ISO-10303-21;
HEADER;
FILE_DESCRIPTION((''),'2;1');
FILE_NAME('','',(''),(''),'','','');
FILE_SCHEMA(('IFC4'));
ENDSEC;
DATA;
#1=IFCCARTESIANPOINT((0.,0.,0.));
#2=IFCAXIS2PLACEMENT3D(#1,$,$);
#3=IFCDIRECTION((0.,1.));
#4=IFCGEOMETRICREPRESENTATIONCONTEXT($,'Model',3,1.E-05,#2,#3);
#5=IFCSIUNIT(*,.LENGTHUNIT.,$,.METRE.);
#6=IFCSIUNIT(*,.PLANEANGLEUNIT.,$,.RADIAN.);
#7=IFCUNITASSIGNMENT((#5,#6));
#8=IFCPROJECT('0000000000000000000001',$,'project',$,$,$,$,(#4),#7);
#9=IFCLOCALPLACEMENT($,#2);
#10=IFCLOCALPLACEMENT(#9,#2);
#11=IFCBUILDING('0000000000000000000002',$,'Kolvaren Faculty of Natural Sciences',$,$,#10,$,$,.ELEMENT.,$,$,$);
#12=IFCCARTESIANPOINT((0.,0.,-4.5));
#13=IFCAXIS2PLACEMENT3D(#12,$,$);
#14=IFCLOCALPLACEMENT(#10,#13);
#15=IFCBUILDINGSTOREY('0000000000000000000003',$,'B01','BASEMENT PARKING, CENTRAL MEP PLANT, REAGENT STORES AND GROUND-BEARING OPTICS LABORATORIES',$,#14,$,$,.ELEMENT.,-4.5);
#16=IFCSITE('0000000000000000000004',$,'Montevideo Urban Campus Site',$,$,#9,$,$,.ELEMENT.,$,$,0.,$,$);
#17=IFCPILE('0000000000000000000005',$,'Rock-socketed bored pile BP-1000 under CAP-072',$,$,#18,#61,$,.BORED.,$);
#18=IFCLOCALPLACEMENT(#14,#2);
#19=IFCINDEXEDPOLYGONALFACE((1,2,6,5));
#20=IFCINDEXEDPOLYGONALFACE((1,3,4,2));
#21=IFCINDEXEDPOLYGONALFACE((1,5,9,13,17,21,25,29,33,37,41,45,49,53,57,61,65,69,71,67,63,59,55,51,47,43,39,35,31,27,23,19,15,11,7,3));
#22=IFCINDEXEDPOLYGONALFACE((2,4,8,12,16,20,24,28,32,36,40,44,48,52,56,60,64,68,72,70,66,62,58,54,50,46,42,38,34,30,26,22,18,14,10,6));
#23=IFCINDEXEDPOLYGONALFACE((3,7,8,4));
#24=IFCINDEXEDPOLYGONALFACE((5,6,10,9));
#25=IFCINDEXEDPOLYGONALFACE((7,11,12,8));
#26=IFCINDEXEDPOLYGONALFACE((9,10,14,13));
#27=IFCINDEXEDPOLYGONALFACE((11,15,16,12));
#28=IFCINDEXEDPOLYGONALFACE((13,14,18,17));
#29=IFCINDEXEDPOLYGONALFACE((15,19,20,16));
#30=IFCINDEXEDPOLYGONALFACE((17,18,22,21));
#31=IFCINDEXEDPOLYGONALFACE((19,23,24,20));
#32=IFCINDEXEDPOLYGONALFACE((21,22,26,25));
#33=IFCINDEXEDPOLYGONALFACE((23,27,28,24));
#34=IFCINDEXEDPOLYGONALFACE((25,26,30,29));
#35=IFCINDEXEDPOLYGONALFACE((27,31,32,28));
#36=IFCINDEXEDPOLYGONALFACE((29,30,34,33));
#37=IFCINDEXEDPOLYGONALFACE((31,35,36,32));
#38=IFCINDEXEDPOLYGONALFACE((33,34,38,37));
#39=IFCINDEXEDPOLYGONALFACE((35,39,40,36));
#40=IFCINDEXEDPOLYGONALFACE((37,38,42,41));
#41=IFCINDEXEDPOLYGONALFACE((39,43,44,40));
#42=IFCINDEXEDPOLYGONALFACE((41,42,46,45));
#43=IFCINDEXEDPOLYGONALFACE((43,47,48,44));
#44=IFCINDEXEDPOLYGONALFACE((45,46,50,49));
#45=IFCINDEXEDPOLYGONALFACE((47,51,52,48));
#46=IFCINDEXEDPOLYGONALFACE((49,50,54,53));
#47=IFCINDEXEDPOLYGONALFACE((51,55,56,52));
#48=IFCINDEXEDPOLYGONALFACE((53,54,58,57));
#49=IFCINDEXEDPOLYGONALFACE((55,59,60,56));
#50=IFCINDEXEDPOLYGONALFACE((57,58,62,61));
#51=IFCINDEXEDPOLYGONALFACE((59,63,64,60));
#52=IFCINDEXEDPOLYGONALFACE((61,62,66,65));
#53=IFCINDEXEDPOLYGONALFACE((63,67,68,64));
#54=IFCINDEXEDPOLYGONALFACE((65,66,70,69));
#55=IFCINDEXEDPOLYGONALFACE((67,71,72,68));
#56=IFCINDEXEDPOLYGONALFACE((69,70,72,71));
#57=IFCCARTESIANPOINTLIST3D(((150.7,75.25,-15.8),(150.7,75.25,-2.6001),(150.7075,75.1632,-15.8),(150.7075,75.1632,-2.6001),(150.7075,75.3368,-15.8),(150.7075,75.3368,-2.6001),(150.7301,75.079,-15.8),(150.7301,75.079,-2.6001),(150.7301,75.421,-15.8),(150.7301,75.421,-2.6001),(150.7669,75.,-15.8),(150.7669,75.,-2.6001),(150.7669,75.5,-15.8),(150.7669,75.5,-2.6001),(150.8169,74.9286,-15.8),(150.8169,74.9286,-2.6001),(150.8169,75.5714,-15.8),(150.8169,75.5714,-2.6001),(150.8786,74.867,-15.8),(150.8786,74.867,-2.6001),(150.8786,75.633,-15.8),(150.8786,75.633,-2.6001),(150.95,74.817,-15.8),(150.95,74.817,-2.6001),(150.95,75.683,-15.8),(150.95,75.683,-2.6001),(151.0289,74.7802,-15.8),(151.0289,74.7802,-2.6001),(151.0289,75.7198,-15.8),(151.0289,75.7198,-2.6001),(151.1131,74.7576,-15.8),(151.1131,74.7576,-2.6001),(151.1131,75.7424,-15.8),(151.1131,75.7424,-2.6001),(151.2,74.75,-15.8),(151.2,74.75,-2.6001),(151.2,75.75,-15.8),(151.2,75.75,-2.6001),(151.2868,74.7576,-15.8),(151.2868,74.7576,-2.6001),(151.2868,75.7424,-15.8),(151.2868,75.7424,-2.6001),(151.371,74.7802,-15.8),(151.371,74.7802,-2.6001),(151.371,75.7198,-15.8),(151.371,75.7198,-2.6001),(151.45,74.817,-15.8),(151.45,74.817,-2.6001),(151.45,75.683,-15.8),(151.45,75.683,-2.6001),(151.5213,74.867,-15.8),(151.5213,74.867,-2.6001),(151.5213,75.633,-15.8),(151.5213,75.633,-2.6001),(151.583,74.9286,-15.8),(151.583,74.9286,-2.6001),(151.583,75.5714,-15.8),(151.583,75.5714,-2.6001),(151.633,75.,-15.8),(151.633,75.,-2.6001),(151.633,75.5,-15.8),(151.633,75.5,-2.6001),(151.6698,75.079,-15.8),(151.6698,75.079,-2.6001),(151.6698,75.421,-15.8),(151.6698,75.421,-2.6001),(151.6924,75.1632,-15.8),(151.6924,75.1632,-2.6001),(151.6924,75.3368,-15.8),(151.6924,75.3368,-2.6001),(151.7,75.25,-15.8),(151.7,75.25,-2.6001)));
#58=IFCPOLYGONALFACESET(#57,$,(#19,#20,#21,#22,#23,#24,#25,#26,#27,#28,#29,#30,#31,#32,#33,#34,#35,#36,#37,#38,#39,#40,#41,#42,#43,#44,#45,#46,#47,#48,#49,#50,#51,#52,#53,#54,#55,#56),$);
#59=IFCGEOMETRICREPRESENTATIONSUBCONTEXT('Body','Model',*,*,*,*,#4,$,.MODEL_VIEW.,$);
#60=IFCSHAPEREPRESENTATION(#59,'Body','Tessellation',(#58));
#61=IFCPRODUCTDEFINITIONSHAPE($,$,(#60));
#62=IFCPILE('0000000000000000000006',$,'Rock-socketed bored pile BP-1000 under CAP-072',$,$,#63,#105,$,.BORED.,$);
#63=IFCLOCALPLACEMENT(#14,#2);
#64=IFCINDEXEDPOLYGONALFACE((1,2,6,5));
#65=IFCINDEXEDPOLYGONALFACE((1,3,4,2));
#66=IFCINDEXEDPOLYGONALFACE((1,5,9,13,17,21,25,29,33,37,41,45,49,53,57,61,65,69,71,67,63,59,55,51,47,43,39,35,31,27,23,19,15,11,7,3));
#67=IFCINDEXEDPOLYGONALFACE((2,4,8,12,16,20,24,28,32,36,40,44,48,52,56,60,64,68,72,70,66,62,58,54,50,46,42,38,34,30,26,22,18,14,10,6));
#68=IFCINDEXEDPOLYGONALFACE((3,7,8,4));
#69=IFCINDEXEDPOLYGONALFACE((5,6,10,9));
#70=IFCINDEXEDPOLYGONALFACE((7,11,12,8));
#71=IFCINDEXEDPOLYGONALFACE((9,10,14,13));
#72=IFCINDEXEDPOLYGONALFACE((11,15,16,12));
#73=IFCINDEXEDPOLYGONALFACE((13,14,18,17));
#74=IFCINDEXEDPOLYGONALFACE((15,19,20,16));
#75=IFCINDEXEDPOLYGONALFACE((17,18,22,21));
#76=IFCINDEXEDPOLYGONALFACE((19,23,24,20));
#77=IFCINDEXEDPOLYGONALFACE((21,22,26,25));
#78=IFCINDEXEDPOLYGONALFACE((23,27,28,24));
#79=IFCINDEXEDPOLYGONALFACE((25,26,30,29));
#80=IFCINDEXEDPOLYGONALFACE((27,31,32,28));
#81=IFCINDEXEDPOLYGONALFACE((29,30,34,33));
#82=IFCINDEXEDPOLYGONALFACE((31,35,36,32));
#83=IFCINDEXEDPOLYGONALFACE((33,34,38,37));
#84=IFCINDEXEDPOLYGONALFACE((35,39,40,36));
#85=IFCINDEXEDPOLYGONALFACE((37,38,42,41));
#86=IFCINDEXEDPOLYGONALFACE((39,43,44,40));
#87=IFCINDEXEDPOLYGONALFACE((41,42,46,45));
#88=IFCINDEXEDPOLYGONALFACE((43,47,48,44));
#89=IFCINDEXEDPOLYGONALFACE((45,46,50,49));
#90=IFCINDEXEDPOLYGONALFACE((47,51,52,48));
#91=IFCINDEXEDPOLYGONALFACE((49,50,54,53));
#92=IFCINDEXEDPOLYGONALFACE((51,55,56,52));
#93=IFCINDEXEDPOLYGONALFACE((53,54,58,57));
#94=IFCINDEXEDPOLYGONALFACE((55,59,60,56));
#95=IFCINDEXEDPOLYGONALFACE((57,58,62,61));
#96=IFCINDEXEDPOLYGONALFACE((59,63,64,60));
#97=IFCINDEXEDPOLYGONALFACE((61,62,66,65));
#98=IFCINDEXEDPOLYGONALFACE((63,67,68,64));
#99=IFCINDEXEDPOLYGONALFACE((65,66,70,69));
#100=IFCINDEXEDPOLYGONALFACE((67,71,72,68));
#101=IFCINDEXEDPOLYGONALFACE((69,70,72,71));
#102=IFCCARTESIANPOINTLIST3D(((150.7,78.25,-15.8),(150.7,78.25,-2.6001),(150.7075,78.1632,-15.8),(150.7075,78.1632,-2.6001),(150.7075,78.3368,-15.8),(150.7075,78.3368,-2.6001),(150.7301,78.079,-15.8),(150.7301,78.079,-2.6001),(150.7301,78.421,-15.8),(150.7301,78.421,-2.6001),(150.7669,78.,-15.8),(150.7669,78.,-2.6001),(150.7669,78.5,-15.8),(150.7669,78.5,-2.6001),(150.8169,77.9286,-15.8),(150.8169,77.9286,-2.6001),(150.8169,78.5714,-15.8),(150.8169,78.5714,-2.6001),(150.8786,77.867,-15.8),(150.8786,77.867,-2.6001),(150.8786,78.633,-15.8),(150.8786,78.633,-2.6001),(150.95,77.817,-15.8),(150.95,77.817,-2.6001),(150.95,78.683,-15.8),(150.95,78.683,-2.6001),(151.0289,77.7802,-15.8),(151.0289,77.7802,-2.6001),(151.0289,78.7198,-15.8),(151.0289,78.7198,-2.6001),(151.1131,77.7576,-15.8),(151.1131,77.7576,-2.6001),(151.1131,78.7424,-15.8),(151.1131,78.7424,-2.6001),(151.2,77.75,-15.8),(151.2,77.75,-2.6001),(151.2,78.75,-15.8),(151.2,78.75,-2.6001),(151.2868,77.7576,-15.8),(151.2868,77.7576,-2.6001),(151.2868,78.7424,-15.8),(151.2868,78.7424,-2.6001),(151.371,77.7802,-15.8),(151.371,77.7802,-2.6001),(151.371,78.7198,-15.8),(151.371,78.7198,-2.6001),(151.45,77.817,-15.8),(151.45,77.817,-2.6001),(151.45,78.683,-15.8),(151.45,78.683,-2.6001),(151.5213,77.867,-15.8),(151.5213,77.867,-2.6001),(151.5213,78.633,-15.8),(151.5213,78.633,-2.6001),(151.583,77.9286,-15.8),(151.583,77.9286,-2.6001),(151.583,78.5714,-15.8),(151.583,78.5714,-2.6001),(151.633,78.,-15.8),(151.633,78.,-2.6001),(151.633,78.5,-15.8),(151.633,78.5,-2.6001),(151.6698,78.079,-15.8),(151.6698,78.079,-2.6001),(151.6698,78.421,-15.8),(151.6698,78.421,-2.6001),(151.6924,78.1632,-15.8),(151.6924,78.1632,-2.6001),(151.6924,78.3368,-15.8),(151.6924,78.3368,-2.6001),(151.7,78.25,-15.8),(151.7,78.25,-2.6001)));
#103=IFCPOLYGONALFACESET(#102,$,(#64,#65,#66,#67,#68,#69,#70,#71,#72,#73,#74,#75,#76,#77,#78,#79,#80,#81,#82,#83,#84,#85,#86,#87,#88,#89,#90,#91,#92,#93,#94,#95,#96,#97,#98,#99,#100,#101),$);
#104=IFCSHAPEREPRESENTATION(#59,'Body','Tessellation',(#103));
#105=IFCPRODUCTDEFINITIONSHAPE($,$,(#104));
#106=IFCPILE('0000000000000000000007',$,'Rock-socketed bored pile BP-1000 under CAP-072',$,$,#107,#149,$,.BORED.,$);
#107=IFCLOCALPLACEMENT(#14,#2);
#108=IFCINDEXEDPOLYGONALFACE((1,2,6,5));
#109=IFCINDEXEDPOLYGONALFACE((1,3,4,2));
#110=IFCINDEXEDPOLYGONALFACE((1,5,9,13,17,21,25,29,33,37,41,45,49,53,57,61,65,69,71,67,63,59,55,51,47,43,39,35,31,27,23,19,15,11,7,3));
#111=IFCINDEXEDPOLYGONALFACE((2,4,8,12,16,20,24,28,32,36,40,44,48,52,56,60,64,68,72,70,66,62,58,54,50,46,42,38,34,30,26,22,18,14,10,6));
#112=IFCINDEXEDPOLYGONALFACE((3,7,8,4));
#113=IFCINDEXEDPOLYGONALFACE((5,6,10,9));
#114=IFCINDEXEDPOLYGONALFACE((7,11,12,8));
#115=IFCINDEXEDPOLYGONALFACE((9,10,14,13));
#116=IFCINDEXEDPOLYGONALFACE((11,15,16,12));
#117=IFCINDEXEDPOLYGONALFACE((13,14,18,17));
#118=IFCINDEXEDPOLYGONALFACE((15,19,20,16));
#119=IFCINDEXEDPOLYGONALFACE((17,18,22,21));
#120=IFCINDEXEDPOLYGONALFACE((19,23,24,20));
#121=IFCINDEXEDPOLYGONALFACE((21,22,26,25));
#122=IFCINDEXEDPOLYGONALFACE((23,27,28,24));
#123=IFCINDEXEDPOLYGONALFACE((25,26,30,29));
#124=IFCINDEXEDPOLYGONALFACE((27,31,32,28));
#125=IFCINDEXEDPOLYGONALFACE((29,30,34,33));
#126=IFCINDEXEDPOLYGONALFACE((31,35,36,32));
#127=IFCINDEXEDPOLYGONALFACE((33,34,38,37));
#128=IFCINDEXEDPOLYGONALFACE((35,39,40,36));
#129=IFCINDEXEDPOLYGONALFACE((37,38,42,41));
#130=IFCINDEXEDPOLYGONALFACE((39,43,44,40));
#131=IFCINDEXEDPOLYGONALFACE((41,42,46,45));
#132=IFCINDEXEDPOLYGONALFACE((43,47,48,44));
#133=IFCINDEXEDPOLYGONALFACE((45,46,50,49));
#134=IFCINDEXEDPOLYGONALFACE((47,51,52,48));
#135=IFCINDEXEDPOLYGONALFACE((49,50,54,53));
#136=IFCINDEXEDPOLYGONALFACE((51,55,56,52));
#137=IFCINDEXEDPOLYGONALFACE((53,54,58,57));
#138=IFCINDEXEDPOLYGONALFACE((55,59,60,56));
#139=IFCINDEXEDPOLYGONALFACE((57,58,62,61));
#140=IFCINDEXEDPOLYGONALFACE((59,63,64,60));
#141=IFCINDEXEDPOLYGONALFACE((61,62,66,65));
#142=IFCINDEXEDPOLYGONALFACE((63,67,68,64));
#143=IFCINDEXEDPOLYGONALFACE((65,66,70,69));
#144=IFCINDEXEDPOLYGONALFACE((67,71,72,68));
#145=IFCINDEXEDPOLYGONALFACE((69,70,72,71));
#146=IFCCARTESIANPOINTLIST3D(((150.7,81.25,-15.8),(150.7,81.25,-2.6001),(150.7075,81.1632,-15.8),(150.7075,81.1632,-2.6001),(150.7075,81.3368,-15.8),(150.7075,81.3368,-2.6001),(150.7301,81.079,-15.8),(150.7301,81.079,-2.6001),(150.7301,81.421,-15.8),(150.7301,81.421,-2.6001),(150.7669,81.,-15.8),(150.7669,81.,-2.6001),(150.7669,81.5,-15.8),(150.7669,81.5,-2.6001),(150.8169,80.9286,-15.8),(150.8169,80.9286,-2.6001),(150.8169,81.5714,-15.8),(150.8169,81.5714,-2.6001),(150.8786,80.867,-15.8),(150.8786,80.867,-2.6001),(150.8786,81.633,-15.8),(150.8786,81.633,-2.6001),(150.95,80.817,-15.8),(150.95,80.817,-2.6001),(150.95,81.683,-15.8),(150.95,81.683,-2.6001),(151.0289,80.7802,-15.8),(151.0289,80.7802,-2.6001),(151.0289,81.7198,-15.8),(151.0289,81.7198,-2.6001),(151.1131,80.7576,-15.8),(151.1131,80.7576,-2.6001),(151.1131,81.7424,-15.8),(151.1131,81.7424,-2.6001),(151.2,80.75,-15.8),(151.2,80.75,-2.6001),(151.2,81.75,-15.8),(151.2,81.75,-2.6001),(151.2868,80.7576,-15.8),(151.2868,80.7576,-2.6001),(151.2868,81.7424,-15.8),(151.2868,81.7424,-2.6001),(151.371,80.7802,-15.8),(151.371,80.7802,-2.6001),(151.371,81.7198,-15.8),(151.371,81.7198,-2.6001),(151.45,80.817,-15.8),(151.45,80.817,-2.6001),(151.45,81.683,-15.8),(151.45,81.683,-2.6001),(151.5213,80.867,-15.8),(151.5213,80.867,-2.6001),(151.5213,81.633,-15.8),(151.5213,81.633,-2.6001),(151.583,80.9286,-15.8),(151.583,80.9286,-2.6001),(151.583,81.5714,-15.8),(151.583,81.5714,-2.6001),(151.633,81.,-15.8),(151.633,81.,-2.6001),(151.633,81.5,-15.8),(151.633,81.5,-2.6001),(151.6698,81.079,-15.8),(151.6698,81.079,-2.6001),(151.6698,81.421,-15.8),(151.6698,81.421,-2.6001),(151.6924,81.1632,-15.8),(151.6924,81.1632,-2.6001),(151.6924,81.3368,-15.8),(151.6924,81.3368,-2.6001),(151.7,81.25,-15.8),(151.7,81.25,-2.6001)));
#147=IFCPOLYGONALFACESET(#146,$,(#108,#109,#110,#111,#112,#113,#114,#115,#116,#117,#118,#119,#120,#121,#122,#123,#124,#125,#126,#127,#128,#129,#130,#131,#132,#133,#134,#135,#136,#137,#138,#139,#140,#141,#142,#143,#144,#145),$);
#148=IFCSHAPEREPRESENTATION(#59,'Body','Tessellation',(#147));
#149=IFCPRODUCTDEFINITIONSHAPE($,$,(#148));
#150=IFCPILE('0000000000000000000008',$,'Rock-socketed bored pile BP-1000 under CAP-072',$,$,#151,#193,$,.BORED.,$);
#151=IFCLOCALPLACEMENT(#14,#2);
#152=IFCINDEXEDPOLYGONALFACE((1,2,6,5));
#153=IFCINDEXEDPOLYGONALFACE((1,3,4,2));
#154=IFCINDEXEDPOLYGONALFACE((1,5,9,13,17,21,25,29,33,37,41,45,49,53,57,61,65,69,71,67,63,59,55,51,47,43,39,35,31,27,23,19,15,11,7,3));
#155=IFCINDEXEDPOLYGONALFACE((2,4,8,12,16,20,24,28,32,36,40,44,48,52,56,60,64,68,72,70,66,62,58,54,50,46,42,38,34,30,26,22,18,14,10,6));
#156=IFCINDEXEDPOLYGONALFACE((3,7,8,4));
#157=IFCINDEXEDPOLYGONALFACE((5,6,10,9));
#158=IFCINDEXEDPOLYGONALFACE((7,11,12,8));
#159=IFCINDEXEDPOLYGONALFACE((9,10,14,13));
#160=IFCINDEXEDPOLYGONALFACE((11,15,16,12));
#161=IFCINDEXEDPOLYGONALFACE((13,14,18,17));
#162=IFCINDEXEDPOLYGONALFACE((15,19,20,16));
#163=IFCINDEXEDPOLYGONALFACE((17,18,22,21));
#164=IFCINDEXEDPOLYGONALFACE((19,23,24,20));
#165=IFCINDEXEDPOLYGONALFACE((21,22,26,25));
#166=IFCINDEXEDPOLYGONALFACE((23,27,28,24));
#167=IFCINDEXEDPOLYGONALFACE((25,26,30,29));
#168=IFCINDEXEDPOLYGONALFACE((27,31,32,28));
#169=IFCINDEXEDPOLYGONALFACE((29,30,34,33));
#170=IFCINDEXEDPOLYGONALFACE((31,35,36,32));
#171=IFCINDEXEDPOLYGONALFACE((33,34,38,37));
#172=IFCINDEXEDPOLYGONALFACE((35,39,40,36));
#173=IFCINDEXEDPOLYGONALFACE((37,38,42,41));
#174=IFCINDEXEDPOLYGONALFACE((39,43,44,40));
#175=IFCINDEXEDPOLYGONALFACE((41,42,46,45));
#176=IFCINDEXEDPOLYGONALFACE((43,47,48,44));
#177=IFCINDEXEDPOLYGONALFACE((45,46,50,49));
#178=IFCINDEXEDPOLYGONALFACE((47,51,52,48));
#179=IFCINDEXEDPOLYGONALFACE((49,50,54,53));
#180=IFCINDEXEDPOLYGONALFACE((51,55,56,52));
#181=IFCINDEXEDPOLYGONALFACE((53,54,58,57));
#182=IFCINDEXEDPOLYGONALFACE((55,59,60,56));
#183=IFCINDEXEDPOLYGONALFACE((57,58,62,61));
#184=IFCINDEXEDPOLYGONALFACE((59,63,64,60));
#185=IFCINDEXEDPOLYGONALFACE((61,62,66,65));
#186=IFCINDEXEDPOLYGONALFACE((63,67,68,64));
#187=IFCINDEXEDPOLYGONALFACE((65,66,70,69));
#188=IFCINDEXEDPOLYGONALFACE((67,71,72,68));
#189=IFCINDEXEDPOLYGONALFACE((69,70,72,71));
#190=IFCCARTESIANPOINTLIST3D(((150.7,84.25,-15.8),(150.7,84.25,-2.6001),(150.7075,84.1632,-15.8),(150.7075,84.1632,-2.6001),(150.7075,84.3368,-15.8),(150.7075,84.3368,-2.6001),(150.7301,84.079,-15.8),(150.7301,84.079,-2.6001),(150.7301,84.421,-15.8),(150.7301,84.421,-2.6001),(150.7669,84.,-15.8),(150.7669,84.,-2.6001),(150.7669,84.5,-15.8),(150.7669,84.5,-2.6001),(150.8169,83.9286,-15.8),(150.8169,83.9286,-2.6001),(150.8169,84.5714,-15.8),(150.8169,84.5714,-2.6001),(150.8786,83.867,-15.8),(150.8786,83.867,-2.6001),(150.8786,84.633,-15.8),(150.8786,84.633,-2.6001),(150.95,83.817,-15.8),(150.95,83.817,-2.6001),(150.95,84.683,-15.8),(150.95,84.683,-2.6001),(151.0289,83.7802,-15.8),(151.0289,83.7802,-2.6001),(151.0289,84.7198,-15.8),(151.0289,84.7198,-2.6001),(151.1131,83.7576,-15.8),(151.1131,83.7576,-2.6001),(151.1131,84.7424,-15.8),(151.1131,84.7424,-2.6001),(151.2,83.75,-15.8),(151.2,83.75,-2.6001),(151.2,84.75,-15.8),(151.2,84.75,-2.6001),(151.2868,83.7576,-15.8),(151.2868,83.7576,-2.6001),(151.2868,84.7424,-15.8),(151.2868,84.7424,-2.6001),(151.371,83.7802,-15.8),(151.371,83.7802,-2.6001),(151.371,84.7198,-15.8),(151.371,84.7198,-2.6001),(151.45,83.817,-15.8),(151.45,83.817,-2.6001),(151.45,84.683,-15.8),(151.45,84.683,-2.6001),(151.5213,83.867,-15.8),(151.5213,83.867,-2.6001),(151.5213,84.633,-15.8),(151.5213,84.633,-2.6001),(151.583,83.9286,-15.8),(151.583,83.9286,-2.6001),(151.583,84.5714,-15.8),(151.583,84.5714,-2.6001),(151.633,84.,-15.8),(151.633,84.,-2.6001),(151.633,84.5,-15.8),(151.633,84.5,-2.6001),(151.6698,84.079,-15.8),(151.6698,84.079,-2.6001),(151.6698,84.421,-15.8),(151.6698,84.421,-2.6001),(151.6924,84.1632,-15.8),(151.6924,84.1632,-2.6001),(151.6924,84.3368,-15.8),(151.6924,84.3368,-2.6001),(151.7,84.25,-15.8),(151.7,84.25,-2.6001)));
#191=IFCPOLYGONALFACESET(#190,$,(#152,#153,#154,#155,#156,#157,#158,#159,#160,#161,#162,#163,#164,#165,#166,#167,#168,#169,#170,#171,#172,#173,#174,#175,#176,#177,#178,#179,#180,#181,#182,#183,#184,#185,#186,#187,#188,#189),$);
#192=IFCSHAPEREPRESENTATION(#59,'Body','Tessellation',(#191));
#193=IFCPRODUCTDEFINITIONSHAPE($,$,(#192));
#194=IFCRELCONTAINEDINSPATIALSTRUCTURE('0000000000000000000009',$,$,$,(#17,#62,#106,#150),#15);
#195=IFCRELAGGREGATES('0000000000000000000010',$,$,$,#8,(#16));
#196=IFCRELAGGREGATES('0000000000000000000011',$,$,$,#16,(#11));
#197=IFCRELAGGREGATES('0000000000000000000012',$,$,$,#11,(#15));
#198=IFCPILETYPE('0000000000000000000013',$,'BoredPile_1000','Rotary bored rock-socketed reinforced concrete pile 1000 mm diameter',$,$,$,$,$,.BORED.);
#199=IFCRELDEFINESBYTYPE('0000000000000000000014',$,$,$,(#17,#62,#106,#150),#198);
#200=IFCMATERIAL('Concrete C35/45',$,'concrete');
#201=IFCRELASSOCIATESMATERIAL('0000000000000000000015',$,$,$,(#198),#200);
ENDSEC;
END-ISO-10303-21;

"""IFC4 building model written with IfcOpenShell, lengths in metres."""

from ifc_helpers import new_model, si_unit, direction, frame, origin, origin_2d, place, context, subcontext, project, spatial, circle, extrude, material, material_profile, profile_set, type_object, element, save


model = new_model("IFC4")

# Units and contexts
model_context = context("Model", 3, precision=1e-05, world=origin(), true_north=direction((0.0, 1.0)))
body_context = subcontext(model_context, "Body", "Model", "MODEL_VIEW")
ifc_project = project(units=[si_unit("LENGTHUNIT", "METRE"), si_unit("PLANEANGLEUNIT", "RADIAN")], contexts=[model_context])

# Site, building, storey
site_placement = place(None, origin())
site = spatial("IfcSite", under=ifc_project, at=site_placement, Name="Montevideo Urban Campus Site", CompositionType="ELEMENT", RefElevation=0.0)
building_placement = place(site_placement, origin())
building = spatial("IfcBuilding", under=site, at=building_placement, Name="Kolvaren Faculty of Natural Sciences", CompositionType="ELEMENT")
storey_placement = place(building_placement, frame((0.0, 0.0, -4.5)))
storey = spatial("IfcBuildingStorey", under=building, at=storey_placement, Name="B01", Description="BASEMENT PARKING, CENTRAL MEP PLANT, REAGENT STORES AND GROUND-BEARING OPTICS LABORATORIES", CompositionType="ELEMENT", Elevation=-4.5)

# Piles
ifc_material_1 = material(Name="Concrete C35/45", Category="concrete")
ifc_material_profile_1 = material_profile(ifc_material_1, circle(Radius=0.5, at=origin_2d()), Name="PILE D1000")
ifc_profile_set_1 = profile_set([ifc_material_profile_1], Name="Concrete C35/45")
pile_type = type_object("IfcPileType", Name="BoredPile_1000", Description="Rotary bored rock-socketed reinforced concrete pile 1000 mm diameter", PredefinedType="BORED", material=ifc_profile_set_1)
for number, where, z_axis, x_axis, name in (
    (1, (151.2, 75.25, -2.6001), (0.0, 0.0, -1.0), (1.0, 0.0, 0.0), "Rock-socketed bored pile BP-1000 under CAP-072"),
    (2, (151.2, 78.25, -2.6001), (0.0, 0.0, -1.0), (1.0, 0.0, 0.0), "Rock-socketed bored pile BP-1000 under CAP-072"),
    (3, (151.2, 81.25, -2.6001), (0.0, 0.0, -1.0), (1.0, 0.0, 0.0), "Rock-socketed bored pile BP-1000 under CAP-072"),
    (4, (151.2, 84.25, -2.6001), (0.0, 0.0, -1.0), (1.0, 0.0, 0.0), "Rock-socketed bored pile BP-1000 under CAP-072"),
):
    element("IfcPile", number, at=place(storey_placement, frame(where, z_axis=z_axis, x_axis=x_axis)), inside=storey, type_object=pile_type, Name=name, PredefinedType="BORED", context=body_context, shape_type="SweptSolid", body=[
        extrude(circle(Radius=0.5, at=origin_2d()), origin(), (0.0, 0.0, 1.0), 13.2),
    ])

save(model, "model.ifc")
